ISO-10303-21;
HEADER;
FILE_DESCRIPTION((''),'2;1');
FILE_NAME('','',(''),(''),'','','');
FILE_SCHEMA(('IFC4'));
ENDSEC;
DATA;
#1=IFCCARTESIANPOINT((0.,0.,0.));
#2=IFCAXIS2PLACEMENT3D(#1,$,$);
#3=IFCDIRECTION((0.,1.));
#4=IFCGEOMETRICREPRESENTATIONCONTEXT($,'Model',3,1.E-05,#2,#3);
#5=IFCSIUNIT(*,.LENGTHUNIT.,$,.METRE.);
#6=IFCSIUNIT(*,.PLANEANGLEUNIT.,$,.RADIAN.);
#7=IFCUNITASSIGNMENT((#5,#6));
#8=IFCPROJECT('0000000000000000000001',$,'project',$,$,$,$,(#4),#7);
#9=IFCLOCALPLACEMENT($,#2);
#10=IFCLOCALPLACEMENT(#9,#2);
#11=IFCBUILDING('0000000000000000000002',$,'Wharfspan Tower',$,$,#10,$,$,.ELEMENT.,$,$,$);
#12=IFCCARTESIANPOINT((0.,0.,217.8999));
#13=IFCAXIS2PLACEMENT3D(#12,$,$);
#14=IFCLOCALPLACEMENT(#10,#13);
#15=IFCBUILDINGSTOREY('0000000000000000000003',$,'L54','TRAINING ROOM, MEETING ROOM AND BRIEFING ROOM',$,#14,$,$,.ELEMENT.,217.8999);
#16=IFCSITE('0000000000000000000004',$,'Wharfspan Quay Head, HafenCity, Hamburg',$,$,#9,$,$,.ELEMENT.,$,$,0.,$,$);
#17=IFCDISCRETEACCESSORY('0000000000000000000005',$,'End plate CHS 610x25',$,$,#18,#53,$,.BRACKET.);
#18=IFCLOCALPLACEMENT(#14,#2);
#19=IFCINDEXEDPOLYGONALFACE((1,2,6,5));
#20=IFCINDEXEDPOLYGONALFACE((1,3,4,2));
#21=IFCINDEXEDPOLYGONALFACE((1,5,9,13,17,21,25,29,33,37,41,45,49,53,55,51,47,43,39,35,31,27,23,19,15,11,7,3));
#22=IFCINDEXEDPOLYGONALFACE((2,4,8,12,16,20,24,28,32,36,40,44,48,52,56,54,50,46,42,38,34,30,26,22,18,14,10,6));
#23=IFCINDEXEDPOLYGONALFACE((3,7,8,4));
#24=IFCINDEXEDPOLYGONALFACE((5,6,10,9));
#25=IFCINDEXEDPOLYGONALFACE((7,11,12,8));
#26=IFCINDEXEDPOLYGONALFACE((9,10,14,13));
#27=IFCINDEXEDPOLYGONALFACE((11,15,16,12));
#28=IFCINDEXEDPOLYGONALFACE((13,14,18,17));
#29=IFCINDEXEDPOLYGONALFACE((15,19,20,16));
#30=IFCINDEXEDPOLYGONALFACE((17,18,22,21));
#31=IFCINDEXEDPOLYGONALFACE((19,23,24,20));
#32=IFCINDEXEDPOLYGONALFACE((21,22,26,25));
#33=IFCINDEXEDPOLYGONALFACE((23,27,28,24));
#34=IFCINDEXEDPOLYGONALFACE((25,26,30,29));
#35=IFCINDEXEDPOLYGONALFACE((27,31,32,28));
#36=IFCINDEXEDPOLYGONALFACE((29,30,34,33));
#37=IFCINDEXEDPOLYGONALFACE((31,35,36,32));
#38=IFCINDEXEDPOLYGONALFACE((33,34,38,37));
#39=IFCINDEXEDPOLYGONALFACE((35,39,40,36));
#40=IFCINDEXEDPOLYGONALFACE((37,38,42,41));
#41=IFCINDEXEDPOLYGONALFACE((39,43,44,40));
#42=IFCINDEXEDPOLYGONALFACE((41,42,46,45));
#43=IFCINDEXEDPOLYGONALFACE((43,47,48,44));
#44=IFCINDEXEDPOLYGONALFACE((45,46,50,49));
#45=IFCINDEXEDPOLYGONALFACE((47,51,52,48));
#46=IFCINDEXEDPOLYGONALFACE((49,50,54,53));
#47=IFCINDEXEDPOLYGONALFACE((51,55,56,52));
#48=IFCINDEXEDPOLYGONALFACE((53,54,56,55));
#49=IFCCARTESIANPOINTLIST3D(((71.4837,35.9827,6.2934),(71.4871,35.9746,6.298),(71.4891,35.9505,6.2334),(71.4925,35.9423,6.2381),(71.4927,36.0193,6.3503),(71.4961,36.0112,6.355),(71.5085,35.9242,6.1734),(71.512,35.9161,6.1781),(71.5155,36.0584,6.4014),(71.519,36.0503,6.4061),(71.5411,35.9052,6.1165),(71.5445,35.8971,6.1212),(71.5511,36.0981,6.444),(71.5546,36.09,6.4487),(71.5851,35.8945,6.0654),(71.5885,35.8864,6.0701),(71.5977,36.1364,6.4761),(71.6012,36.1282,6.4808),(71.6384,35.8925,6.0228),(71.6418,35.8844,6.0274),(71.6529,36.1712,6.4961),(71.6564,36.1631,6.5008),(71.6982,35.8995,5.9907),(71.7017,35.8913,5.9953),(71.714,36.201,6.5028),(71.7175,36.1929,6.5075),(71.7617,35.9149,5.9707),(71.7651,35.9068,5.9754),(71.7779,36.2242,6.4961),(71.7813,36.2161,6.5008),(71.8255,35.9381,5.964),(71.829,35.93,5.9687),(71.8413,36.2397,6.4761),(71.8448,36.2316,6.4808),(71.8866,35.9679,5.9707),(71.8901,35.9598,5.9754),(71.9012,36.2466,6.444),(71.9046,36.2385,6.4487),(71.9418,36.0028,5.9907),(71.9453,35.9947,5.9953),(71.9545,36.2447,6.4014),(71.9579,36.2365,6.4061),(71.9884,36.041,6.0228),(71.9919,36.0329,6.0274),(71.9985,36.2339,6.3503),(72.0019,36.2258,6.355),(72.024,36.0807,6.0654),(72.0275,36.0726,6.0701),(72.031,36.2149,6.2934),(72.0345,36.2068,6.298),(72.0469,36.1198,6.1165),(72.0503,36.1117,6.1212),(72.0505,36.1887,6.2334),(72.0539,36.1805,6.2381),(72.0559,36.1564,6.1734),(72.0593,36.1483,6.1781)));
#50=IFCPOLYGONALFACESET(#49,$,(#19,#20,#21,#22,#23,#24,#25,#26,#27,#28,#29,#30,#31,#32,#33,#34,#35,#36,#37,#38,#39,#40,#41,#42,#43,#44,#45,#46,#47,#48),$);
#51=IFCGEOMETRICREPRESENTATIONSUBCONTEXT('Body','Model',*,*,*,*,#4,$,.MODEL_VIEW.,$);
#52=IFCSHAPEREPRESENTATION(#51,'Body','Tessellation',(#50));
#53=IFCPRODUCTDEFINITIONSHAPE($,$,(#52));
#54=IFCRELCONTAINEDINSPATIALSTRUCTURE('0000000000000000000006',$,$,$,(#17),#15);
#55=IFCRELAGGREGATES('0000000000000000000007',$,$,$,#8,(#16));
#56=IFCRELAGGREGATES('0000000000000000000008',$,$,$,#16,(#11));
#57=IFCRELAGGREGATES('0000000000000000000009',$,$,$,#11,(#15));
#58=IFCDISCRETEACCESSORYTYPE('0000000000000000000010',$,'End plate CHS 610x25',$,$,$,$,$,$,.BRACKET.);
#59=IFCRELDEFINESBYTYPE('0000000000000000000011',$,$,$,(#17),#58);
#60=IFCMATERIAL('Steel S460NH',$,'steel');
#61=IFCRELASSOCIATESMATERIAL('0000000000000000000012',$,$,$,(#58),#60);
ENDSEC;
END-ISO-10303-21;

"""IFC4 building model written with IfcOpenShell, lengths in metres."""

from ifc_helpers import new_model, si_unit, direction, frame, origin, origin_2d, place, context, subcontext, project, spatial, circle, extrude, material, material_profile, profile_set, type_object, element, save


model = new_model("IFC4")

# Units and contexts
model_context = context("Model", 3, precision=1e-05, world=origin(), true_north=direction((0.0, 1.0)))
body_context = subcontext(model_context, "Body", "Model", "MODEL_VIEW")
ifc_project = project(units=[si_unit("LENGTHUNIT", "METRE"), si_unit("PLANEANGLEUNIT", "RADIAN")], contexts=[model_context])

# Site, building, storey
site_placement = place(None, origin())
site = spatial("IfcSite", under=ifc_project, at=site_placement, Name="Wharfspan Quay Head, HafenCity, Hamburg", CompositionType="ELEMENT", RefElevation=0.0)
building_placement = place(site_placement, origin())
building = spatial("IfcBuilding", under=site, at=building_placement, Name="Wharfspan Tower", CompositionType="ELEMENT")
storey_placement = place(building_placement, frame((0.0, 0.0, 217.8999)))
storey = spatial("IfcBuildingStorey", under=building, at=storey_placement, Name="L54", Description="TRAINING ROOM, MEETING ROOM AND BRIEFING ROOM", CompositionType="ELEMENT", Elevation=217.8999)

# Shared definitions
ifc_material_1 = material(Name="Steel S460NH", Category="steel")

# Discrete accessory
ifc_material_profile_1 = material_profile(ifc_material_1, circle(Radius=0.3049, at=origin_2d()))
ifc_profile_set_1 = profile_set([ifc_material_profile_1], Name="Steel S460NH")
discrete_accessory_type = type_object("IfcDiscreteAccessoryType", Name="End plate CHS 610x25", PredefinedType="BRACKET", material=ifc_profile_set_1)
for number, where, z_axis, x_axis, name in (
    (1, (71.7698, 36.0696, 6.2334), (0.345075, -0.81339, 0.468316), (0.920586, 0.390551, -0.000002), "End plate CHS 610x25"),
):
    element("IfcDiscreteAccessory", number, at=place(storey_placement, frame(where, z_axis=z_axis, x_axis=x_axis)), inside=storey, type_object=discrete_accessory_type, Name=name, PredefinedType="BRACKET", context=body_context, shape_type="SweptSolid", body=[
        extrude(circle(Radius=0.3049, at=origin_2d()), origin(), (0.0, 0.0, 1.0), 0.01),
    ])

save(model, "model.ifc")
